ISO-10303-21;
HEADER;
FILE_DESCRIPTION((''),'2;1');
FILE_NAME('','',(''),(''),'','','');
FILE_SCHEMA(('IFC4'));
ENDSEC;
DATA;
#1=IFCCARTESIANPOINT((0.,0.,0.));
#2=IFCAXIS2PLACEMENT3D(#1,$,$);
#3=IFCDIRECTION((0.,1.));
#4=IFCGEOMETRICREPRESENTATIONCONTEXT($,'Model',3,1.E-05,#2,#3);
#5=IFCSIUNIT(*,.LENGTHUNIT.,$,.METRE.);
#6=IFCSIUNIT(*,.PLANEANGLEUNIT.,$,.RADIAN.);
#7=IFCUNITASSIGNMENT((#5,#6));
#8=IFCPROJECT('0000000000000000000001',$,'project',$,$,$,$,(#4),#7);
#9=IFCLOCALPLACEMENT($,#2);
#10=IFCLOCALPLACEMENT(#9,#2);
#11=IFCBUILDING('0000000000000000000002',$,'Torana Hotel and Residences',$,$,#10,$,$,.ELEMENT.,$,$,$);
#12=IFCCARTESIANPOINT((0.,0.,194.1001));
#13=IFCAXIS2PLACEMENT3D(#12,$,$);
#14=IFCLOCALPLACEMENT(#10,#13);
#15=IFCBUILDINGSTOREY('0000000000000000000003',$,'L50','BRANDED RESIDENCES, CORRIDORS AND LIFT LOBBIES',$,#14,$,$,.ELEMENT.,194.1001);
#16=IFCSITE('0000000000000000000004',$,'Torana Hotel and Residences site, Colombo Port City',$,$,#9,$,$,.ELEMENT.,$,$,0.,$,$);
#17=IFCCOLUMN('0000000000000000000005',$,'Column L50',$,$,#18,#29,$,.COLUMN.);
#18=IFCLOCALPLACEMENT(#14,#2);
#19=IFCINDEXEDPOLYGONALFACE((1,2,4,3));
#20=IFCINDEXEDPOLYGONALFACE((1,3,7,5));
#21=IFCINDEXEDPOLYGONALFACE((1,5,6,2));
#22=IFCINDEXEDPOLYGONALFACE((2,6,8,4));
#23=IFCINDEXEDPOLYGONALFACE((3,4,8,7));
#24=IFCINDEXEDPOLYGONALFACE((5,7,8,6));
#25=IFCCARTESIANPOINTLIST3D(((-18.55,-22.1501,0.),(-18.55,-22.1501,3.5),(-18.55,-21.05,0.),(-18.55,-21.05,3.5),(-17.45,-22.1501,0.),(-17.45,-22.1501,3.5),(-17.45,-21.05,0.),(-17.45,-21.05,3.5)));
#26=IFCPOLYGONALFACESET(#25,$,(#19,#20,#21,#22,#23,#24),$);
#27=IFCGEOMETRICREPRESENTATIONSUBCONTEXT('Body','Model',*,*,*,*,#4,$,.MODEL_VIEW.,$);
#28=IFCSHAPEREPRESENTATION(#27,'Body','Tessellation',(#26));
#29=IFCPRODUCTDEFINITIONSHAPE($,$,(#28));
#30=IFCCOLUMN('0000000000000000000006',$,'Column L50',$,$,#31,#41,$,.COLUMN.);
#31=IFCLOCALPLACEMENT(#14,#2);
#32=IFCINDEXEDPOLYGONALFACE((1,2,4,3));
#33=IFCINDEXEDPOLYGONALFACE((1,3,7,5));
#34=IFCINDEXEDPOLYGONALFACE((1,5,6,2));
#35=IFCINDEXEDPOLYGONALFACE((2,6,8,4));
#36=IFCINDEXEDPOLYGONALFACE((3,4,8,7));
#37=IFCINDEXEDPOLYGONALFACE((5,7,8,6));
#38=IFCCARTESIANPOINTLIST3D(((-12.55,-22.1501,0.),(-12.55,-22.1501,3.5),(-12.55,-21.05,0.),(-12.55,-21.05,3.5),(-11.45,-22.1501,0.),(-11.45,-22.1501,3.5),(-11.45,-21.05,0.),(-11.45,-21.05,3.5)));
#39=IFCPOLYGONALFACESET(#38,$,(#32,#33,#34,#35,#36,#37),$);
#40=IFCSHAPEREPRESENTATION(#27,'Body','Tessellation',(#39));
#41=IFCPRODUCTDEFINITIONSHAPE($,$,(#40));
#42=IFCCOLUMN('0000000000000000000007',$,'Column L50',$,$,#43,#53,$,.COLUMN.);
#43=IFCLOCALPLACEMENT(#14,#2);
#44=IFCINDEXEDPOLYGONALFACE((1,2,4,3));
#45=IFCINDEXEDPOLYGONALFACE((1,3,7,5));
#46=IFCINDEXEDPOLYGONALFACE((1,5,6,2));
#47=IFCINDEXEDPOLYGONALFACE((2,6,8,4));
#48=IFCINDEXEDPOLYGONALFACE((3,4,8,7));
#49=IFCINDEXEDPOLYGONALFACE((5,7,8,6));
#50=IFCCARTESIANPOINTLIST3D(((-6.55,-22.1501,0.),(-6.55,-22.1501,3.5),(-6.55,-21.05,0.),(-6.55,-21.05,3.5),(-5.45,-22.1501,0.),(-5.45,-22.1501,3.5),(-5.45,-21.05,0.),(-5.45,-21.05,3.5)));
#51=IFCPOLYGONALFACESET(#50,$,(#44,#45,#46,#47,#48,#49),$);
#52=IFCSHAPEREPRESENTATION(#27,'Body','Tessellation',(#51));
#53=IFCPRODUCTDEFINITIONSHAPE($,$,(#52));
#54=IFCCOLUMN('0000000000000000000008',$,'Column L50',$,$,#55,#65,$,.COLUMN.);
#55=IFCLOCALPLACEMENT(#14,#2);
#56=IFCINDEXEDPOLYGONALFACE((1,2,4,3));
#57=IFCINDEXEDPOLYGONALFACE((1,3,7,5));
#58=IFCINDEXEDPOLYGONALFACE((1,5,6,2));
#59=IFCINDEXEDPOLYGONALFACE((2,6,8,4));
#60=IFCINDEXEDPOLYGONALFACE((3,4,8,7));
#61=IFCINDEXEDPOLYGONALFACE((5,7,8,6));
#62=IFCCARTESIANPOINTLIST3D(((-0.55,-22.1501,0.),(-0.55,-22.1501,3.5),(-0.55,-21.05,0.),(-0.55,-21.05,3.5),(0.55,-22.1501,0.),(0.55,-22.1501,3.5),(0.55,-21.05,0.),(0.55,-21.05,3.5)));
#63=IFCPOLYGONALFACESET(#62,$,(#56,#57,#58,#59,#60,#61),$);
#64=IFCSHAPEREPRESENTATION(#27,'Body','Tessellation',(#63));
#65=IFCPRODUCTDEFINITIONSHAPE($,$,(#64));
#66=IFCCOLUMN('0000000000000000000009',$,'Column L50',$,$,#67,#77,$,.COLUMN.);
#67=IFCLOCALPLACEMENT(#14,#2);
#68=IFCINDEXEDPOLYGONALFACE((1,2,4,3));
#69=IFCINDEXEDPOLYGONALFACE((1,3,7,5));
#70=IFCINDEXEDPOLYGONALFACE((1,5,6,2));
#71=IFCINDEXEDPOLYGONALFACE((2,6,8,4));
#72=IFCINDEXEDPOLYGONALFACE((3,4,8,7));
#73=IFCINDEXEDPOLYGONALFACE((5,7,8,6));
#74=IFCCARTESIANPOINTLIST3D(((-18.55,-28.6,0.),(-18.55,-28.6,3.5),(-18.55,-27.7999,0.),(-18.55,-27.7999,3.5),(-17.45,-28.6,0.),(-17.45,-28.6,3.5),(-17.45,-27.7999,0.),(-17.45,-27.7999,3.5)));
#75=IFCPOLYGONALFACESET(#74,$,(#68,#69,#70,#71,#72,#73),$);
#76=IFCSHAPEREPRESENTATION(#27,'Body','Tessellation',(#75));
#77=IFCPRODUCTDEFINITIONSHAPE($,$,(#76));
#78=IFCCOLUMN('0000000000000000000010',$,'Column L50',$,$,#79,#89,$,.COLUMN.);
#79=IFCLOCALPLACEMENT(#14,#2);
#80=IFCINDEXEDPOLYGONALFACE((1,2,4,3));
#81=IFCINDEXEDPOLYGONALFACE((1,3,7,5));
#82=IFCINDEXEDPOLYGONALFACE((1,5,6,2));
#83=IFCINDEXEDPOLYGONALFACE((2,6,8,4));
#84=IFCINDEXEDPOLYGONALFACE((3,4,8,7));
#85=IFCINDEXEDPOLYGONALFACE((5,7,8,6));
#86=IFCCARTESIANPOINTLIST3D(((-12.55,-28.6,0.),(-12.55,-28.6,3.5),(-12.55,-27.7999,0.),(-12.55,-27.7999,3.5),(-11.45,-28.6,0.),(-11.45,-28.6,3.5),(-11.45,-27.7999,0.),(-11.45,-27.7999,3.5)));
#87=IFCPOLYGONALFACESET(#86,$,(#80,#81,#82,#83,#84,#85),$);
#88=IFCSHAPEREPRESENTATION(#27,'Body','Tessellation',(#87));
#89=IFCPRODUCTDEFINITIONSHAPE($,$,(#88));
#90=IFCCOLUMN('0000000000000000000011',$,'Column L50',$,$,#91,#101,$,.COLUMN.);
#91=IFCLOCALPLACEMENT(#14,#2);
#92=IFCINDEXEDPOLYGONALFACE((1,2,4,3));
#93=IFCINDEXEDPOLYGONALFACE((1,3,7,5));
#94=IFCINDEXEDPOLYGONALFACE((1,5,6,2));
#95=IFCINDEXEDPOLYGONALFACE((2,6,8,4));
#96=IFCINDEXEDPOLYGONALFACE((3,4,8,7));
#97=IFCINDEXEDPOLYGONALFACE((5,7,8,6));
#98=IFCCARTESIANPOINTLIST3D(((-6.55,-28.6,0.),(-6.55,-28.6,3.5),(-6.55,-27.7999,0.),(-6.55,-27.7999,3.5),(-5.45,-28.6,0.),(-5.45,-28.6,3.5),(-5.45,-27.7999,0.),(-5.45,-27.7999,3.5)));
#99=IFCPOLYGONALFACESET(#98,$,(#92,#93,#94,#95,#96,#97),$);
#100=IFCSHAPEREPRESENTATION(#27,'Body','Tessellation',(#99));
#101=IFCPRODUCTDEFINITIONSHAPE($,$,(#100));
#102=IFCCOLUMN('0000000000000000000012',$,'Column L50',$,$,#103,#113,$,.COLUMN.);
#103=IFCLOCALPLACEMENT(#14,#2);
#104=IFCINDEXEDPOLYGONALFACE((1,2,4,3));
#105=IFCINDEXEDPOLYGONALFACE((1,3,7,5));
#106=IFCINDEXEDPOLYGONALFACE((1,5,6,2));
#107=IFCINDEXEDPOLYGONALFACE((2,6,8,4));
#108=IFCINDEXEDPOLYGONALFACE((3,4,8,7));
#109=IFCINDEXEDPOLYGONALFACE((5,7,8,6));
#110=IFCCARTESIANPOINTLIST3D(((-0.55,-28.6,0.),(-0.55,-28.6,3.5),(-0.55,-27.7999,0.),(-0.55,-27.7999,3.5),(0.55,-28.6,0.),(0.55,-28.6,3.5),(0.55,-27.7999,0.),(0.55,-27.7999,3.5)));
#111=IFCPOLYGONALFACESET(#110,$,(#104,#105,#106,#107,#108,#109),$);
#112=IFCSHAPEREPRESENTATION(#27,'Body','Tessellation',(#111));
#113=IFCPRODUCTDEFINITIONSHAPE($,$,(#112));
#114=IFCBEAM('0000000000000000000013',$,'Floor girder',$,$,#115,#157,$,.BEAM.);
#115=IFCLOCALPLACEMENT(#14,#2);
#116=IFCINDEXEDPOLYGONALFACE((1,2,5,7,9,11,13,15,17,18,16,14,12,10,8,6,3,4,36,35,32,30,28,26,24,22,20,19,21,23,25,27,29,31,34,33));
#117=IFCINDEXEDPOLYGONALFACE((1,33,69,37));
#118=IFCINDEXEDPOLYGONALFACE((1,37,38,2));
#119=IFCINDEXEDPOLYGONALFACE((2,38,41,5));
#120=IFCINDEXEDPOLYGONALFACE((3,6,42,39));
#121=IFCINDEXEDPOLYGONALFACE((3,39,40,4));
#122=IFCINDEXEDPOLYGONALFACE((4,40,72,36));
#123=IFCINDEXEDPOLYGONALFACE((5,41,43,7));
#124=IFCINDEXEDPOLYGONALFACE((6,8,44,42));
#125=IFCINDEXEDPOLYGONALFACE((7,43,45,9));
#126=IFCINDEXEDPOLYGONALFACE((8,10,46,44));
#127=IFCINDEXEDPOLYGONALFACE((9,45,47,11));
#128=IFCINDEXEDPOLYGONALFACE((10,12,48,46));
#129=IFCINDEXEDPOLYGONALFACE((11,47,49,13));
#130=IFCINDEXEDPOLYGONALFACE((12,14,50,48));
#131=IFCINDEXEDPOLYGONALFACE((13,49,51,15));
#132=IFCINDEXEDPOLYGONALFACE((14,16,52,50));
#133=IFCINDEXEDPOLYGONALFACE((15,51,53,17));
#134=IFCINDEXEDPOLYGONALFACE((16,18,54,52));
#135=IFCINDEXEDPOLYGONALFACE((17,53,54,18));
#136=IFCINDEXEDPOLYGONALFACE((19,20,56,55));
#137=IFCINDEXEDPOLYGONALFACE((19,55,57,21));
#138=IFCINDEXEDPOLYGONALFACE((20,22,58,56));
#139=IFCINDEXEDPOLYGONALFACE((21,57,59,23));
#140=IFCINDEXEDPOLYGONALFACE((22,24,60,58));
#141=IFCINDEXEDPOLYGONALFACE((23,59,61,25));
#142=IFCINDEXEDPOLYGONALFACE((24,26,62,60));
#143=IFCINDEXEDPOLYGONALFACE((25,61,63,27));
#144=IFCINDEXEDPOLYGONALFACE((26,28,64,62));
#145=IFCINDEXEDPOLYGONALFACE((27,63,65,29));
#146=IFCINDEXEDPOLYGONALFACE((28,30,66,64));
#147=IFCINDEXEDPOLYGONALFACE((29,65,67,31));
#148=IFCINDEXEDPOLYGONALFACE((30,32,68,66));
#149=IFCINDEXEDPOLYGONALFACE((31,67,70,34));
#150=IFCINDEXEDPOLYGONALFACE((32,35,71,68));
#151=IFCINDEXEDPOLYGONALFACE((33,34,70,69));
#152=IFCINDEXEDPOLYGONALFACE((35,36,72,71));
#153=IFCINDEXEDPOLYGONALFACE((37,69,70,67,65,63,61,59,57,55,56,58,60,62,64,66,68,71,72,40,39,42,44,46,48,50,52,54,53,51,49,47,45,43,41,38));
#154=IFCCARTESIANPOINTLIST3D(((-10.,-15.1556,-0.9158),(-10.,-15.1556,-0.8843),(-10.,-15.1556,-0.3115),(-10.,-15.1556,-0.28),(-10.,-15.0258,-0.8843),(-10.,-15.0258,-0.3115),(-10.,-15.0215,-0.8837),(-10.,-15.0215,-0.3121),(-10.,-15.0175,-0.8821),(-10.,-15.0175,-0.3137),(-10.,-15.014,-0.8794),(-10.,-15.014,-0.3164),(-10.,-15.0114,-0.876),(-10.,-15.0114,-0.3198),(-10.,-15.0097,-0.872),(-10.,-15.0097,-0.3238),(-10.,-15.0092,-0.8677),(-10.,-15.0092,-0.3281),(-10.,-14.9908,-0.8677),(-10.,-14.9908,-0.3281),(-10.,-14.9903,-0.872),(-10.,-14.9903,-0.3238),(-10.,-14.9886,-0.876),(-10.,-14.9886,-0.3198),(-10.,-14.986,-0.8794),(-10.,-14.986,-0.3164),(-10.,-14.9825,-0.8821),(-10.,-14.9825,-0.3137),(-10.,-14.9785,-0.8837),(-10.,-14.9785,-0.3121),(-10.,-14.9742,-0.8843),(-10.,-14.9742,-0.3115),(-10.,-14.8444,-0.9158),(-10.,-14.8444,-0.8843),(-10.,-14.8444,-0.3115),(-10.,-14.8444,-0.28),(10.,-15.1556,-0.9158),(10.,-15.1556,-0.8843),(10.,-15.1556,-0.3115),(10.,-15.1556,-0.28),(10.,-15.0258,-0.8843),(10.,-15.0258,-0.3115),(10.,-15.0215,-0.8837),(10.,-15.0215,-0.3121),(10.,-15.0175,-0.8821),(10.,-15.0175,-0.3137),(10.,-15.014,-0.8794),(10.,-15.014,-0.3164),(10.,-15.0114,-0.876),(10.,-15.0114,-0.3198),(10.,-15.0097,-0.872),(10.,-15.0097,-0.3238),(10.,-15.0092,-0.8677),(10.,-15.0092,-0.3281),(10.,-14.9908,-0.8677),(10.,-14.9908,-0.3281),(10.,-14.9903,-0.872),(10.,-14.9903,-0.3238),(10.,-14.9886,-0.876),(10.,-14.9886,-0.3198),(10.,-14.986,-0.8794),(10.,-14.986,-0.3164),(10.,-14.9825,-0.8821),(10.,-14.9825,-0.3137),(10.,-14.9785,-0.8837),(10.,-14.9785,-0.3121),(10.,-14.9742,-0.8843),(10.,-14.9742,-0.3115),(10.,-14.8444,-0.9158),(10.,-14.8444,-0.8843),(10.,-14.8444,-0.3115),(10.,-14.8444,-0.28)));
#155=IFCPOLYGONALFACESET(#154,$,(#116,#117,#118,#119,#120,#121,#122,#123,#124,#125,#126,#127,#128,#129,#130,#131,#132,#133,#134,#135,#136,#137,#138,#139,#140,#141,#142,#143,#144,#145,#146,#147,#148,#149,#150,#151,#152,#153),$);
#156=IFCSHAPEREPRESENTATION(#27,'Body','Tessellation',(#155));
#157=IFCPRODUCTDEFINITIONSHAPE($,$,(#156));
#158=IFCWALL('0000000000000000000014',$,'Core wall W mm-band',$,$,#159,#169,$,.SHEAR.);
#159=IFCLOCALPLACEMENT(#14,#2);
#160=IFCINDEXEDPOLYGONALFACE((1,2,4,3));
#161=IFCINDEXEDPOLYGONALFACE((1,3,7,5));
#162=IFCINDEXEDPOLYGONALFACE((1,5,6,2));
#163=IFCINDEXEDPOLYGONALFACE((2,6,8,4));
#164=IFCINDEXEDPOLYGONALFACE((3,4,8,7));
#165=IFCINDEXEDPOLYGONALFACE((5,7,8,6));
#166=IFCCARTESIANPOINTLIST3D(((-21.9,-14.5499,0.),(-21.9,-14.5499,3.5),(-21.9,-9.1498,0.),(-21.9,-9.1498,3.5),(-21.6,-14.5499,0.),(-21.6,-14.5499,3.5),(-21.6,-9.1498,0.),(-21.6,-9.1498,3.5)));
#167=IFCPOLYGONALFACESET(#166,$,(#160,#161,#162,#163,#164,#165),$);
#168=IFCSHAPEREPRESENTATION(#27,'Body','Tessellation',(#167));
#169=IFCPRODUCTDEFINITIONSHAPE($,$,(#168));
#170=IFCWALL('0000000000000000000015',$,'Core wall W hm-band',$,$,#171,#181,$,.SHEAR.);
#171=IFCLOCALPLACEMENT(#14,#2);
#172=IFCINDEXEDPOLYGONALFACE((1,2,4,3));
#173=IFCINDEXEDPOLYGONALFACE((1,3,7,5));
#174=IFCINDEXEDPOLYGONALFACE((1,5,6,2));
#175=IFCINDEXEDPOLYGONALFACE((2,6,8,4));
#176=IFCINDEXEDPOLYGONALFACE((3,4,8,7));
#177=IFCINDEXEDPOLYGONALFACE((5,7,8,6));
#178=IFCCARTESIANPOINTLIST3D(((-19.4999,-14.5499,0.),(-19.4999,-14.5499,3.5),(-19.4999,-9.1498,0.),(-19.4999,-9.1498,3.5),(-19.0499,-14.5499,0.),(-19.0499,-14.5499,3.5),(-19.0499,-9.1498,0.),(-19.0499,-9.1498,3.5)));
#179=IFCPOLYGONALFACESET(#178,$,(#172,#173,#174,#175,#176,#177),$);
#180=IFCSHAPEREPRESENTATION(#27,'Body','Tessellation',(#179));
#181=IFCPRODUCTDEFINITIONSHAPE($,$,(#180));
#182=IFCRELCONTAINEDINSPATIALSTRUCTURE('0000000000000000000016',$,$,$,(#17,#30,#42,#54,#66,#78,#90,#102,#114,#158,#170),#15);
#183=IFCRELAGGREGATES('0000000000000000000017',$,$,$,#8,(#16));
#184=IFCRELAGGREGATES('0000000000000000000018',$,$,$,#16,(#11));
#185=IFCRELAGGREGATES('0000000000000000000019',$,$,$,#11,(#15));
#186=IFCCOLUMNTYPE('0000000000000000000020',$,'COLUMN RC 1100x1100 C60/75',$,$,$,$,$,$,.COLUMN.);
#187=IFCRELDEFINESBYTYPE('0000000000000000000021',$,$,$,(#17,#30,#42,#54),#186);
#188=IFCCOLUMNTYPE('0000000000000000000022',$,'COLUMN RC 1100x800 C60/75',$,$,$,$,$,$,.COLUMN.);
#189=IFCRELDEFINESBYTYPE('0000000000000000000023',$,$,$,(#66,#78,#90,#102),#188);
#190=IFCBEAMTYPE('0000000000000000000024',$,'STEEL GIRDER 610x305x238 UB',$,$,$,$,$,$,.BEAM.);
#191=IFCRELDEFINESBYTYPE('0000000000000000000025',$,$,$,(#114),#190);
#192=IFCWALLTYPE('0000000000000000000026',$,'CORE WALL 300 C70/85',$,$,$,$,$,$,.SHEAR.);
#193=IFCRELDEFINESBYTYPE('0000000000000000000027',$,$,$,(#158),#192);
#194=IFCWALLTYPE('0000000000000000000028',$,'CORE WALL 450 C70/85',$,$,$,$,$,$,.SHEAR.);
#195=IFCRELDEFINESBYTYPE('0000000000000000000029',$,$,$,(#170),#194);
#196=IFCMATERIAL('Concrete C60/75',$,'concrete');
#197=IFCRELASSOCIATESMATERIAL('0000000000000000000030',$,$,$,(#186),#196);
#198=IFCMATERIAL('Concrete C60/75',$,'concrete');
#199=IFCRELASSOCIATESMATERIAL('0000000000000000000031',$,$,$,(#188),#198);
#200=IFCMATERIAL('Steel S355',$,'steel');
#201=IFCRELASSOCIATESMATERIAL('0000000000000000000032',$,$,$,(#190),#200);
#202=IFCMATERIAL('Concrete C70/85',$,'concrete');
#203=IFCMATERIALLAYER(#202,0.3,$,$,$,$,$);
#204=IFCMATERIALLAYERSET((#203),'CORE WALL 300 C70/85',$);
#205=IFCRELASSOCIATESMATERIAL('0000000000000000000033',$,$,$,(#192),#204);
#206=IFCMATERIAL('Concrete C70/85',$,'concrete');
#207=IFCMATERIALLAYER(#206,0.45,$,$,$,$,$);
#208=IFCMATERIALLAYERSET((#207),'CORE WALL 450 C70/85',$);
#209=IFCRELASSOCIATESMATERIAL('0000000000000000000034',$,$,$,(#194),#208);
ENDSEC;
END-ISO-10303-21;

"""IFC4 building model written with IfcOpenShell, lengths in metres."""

from ifc_helpers import new_model, si_unit, direction, frame, frame_2d, origin, origin_2d, place, context, subcontext, project, spatial, rectangle, i_section, extrude, material, layer, layer_set, material_profile, profile_set, type_object, element, save


model = new_model("IFC4")

# Units and contexts
model_context = context("Model", 3, precision=1e-05, world=origin(), true_north=direction((0.0, 1.0)))
body_context = subcontext(model_context, "Body", "Model", "MODEL_VIEW")
ifc_project = project(units=[si_unit("LENGTHUNIT", "METRE"), si_unit("PLANEANGLEUNIT", "RADIAN")], contexts=[model_context])

# Site, building, storey
site_placement = place(None, origin())
site = spatial("IfcSite", under=ifc_project, at=site_placement, Name="Torana Hotel and Residences site, Colombo Port City", CompositionType="ELEMENT", RefElevation=0.0)
building_placement = place(site_placement, origin())
building = spatial("IfcBuilding", under=site, at=building_placement, Name="Torana Hotel and Residences", CompositionType="ELEMENT")
storey_placement = place(building_placement, frame((0.0, 0.0, 194.1001)))
storey = spatial("IfcBuildingStorey", under=building, at=storey_placement, Name="L50", Description="BRANDED RESIDENCES, CORRIDORS AND LIFT LOBBIES", CompositionType="ELEMENT", Elevation=194.1001)

# Columns
ifc_material_1 = material(Name="Concrete C60/75", Category="concrete")
ifc_material_profile_1 = material_profile(ifc_material_1, rectangle(XDim=1.1001, YDim=1.1001, at=origin_2d()), Name="RC 1100x1100")
ifc_profile_set_1 = profile_set([ifc_material_profile_1], Name="Concrete C60/75")
column_type_1 = type_object("IfcColumnType", Name="COLUMN RC 1100x1100 C60/75", PredefinedType="COLUMN", material=ifc_profile_set_1)
for number, where, z_axis, x_axis, name in (
    (1, (-18.0, -21.6001, 0.0), (0.0, 0.0, 1.0), (1.0, 0.0, 0.0), "Column L50"),
    (2, (-12.0, -21.6001, 0.0), (0.0, 0.0, 1.0), (1.0, 0.0, 0.0), "Column L50"),
    (3, (-6.0, -21.6001, 0.0), (0.0, 0.0, 1.0), (1.0, 0.0, 0.0), "Column L50"),
    (4, (0.0, -21.6001, 0.0), (0.0, 0.0, 1.0), (1.0, 0.0, 0.0), "Column L50"),
):
    element("IfcColumn", number, at=place(storey_placement, frame(where, z_axis=z_axis, x_axis=x_axis)), inside=storey, type_object=column_type_1, Name=name, PredefinedType="COLUMN", context=body_context, shape_type="SweptSolid", body=[
        extrude(rectangle(XDim=1.1001, YDim=1.1001, at=origin_2d()), origin(), (0.0, 0.0, 1.0), 3.5),
    ])
ifc_material_2 = material(Name="Concrete C60/75", Category="concrete")
ifc_material_profile_2 = material_profile(ifc_material_2, rectangle(XDim=1.1001, YDim=0.8, at=origin_2d()), Name="RC 1100x800")
ifc_profile_set_2 = profile_set([ifc_material_profile_2], Name="Concrete C60/75")
column_type_2 = type_object("IfcColumnType", Name="COLUMN RC 1100x800 C60/75", PredefinedType="COLUMN", material=ifc_profile_set_2)
for number, where, z_axis, x_axis, name in (
    (5, (-18.0, -28.2, 0.0), (0.0, 0.0, 1.0), (1.0, 0.0, 0.0), "Column L50"),
    (6, (-12.0, -28.2, 0.0), (0.0, 0.0, 1.0), (1.0, 0.0, 0.0), "Column L50"),
    (7, (-6.0, -28.2, 0.0), (0.0, 0.0, 1.0), (1.0, 0.0, 0.0), "Column L50"),
    (8, (0.0, -28.2, 0.0), (0.0, 0.0, 1.0), (1.0, 0.0, 0.0), "Column L50"),
):
    element("IfcColumn", number, at=place(storey_placement, frame(where, z_axis=z_axis, x_axis=x_axis)), inside=storey, type_object=column_type_2, Name=name, PredefinedType="COLUMN", context=body_context, shape_type="SweptSolid", body=[
        extrude(rectangle(XDim=1.1001, YDim=0.8, at=origin_2d()), origin(), (0.0, 0.0, 1.0), 3.5),
    ])

# Beam
ifc_material_3 = material(Name="Steel S355", Category="steel")
ifc_material_profile_3 = material_profile(ifc_material_3, i_section(OverallWidth=0.3113, OverallDepth=0.6357, WebThickness=0.0183, FlangeThickness=0.0315, FilletRadius=0.0166, at=origin_2d()), Name="610x305x238 UB")
ifc_profile_set_3 = profile_set([ifc_material_profile_3], Name="Steel S355")
beam_type = type_object("IfcBeamType", Name="STEEL GIRDER 610x305x238 UB", PredefinedType="BEAM", material=ifc_profile_set_3)
beam_placement = place(storey_placement, frame((-10.0, -15.0, -0.5979), z_axis=(1.0, 0.0, 0.0), x_axis=(0.0, 1.0, 0.0)))
element("IfcBeam", 9, at=beam_placement, inside=storey, type_object=beam_type, Name="Floor girder", PredefinedType="BEAM", context=body_context, shape_type="SweptSolid", body=[
    extrude(i_section(OverallWidth=0.3113, OverallDepth=0.6357, WebThickness=0.0183, FlangeThickness=0.0315, FilletRadius=0.0166, at=origin_2d()), origin(), (0.0, 0.0, 1.0), 20.0),
])

# Walls
ifc_material_4 = material(Name="Concrete C70/85", Category="concrete")
ifc_layer_1 = layer(ifc_material_4, 0.3)
ifc_layer_set_1 = layer_set([ifc_layer_1], Name="CORE WALL 300 C70/85")
wall_type_1 = type_object("IfcWallType", Name="CORE WALL 300 C70/85", PredefinedType="SHEAR", material=ifc_layer_set_1)
wall_1_placement = place(storey_placement, frame((-21.75, -14.55, 0.0), z_axis=(0.0, 0.0, 1.0), x_axis=(0.0, 1.0, 0.0)))
element("IfcWall", 10, at=wall_1_placement, inside=storey, type_object=wall_type_1, Name="Core wall W mm-band", PredefinedType="SHEAR", context=body_context, shape_type="SweptSolid", body=[
    extrude(rectangle(XDim=5.4001, YDim=0.3, at=frame_2d((2.7002, 0.0))), origin(), (0.0, 0.0, 1.0), 3.5),
])
ifc_material_5 = material(Name="Concrete C70/85", Category="concrete")
ifc_layer_2 = layer(ifc_material_5, 0.45)
ifc_layer_set_2 = layer_set([ifc_layer_2], Name="CORE WALL 450 C70/85")
wall_type_2 = type_object("IfcWallType", Name="CORE WALL 450 C70/85", PredefinedType="SHEAR", material=ifc_layer_set_2)
wall_2_placement = place(storey_placement, frame((-19.2749, -14.55, 0.0), z_axis=(0.0, 0.0, 1.0), x_axis=(0.0, 1.0, 0.0)))
element("IfcWall", 11, at=wall_2_placement, inside=storey, type_object=wall_type_2, Name="Core wall W hm-band", PredefinedType="SHEAR", context=body_context, shape_type="SweptSolid", body=[
    extrude(rectangle(XDim=5.4001, YDim=0.45, at=frame_2d((2.7002, 0.0))), origin(), (0.0, 0.0, 1.0), 3.5),
])

save(model, "model.ifc")
